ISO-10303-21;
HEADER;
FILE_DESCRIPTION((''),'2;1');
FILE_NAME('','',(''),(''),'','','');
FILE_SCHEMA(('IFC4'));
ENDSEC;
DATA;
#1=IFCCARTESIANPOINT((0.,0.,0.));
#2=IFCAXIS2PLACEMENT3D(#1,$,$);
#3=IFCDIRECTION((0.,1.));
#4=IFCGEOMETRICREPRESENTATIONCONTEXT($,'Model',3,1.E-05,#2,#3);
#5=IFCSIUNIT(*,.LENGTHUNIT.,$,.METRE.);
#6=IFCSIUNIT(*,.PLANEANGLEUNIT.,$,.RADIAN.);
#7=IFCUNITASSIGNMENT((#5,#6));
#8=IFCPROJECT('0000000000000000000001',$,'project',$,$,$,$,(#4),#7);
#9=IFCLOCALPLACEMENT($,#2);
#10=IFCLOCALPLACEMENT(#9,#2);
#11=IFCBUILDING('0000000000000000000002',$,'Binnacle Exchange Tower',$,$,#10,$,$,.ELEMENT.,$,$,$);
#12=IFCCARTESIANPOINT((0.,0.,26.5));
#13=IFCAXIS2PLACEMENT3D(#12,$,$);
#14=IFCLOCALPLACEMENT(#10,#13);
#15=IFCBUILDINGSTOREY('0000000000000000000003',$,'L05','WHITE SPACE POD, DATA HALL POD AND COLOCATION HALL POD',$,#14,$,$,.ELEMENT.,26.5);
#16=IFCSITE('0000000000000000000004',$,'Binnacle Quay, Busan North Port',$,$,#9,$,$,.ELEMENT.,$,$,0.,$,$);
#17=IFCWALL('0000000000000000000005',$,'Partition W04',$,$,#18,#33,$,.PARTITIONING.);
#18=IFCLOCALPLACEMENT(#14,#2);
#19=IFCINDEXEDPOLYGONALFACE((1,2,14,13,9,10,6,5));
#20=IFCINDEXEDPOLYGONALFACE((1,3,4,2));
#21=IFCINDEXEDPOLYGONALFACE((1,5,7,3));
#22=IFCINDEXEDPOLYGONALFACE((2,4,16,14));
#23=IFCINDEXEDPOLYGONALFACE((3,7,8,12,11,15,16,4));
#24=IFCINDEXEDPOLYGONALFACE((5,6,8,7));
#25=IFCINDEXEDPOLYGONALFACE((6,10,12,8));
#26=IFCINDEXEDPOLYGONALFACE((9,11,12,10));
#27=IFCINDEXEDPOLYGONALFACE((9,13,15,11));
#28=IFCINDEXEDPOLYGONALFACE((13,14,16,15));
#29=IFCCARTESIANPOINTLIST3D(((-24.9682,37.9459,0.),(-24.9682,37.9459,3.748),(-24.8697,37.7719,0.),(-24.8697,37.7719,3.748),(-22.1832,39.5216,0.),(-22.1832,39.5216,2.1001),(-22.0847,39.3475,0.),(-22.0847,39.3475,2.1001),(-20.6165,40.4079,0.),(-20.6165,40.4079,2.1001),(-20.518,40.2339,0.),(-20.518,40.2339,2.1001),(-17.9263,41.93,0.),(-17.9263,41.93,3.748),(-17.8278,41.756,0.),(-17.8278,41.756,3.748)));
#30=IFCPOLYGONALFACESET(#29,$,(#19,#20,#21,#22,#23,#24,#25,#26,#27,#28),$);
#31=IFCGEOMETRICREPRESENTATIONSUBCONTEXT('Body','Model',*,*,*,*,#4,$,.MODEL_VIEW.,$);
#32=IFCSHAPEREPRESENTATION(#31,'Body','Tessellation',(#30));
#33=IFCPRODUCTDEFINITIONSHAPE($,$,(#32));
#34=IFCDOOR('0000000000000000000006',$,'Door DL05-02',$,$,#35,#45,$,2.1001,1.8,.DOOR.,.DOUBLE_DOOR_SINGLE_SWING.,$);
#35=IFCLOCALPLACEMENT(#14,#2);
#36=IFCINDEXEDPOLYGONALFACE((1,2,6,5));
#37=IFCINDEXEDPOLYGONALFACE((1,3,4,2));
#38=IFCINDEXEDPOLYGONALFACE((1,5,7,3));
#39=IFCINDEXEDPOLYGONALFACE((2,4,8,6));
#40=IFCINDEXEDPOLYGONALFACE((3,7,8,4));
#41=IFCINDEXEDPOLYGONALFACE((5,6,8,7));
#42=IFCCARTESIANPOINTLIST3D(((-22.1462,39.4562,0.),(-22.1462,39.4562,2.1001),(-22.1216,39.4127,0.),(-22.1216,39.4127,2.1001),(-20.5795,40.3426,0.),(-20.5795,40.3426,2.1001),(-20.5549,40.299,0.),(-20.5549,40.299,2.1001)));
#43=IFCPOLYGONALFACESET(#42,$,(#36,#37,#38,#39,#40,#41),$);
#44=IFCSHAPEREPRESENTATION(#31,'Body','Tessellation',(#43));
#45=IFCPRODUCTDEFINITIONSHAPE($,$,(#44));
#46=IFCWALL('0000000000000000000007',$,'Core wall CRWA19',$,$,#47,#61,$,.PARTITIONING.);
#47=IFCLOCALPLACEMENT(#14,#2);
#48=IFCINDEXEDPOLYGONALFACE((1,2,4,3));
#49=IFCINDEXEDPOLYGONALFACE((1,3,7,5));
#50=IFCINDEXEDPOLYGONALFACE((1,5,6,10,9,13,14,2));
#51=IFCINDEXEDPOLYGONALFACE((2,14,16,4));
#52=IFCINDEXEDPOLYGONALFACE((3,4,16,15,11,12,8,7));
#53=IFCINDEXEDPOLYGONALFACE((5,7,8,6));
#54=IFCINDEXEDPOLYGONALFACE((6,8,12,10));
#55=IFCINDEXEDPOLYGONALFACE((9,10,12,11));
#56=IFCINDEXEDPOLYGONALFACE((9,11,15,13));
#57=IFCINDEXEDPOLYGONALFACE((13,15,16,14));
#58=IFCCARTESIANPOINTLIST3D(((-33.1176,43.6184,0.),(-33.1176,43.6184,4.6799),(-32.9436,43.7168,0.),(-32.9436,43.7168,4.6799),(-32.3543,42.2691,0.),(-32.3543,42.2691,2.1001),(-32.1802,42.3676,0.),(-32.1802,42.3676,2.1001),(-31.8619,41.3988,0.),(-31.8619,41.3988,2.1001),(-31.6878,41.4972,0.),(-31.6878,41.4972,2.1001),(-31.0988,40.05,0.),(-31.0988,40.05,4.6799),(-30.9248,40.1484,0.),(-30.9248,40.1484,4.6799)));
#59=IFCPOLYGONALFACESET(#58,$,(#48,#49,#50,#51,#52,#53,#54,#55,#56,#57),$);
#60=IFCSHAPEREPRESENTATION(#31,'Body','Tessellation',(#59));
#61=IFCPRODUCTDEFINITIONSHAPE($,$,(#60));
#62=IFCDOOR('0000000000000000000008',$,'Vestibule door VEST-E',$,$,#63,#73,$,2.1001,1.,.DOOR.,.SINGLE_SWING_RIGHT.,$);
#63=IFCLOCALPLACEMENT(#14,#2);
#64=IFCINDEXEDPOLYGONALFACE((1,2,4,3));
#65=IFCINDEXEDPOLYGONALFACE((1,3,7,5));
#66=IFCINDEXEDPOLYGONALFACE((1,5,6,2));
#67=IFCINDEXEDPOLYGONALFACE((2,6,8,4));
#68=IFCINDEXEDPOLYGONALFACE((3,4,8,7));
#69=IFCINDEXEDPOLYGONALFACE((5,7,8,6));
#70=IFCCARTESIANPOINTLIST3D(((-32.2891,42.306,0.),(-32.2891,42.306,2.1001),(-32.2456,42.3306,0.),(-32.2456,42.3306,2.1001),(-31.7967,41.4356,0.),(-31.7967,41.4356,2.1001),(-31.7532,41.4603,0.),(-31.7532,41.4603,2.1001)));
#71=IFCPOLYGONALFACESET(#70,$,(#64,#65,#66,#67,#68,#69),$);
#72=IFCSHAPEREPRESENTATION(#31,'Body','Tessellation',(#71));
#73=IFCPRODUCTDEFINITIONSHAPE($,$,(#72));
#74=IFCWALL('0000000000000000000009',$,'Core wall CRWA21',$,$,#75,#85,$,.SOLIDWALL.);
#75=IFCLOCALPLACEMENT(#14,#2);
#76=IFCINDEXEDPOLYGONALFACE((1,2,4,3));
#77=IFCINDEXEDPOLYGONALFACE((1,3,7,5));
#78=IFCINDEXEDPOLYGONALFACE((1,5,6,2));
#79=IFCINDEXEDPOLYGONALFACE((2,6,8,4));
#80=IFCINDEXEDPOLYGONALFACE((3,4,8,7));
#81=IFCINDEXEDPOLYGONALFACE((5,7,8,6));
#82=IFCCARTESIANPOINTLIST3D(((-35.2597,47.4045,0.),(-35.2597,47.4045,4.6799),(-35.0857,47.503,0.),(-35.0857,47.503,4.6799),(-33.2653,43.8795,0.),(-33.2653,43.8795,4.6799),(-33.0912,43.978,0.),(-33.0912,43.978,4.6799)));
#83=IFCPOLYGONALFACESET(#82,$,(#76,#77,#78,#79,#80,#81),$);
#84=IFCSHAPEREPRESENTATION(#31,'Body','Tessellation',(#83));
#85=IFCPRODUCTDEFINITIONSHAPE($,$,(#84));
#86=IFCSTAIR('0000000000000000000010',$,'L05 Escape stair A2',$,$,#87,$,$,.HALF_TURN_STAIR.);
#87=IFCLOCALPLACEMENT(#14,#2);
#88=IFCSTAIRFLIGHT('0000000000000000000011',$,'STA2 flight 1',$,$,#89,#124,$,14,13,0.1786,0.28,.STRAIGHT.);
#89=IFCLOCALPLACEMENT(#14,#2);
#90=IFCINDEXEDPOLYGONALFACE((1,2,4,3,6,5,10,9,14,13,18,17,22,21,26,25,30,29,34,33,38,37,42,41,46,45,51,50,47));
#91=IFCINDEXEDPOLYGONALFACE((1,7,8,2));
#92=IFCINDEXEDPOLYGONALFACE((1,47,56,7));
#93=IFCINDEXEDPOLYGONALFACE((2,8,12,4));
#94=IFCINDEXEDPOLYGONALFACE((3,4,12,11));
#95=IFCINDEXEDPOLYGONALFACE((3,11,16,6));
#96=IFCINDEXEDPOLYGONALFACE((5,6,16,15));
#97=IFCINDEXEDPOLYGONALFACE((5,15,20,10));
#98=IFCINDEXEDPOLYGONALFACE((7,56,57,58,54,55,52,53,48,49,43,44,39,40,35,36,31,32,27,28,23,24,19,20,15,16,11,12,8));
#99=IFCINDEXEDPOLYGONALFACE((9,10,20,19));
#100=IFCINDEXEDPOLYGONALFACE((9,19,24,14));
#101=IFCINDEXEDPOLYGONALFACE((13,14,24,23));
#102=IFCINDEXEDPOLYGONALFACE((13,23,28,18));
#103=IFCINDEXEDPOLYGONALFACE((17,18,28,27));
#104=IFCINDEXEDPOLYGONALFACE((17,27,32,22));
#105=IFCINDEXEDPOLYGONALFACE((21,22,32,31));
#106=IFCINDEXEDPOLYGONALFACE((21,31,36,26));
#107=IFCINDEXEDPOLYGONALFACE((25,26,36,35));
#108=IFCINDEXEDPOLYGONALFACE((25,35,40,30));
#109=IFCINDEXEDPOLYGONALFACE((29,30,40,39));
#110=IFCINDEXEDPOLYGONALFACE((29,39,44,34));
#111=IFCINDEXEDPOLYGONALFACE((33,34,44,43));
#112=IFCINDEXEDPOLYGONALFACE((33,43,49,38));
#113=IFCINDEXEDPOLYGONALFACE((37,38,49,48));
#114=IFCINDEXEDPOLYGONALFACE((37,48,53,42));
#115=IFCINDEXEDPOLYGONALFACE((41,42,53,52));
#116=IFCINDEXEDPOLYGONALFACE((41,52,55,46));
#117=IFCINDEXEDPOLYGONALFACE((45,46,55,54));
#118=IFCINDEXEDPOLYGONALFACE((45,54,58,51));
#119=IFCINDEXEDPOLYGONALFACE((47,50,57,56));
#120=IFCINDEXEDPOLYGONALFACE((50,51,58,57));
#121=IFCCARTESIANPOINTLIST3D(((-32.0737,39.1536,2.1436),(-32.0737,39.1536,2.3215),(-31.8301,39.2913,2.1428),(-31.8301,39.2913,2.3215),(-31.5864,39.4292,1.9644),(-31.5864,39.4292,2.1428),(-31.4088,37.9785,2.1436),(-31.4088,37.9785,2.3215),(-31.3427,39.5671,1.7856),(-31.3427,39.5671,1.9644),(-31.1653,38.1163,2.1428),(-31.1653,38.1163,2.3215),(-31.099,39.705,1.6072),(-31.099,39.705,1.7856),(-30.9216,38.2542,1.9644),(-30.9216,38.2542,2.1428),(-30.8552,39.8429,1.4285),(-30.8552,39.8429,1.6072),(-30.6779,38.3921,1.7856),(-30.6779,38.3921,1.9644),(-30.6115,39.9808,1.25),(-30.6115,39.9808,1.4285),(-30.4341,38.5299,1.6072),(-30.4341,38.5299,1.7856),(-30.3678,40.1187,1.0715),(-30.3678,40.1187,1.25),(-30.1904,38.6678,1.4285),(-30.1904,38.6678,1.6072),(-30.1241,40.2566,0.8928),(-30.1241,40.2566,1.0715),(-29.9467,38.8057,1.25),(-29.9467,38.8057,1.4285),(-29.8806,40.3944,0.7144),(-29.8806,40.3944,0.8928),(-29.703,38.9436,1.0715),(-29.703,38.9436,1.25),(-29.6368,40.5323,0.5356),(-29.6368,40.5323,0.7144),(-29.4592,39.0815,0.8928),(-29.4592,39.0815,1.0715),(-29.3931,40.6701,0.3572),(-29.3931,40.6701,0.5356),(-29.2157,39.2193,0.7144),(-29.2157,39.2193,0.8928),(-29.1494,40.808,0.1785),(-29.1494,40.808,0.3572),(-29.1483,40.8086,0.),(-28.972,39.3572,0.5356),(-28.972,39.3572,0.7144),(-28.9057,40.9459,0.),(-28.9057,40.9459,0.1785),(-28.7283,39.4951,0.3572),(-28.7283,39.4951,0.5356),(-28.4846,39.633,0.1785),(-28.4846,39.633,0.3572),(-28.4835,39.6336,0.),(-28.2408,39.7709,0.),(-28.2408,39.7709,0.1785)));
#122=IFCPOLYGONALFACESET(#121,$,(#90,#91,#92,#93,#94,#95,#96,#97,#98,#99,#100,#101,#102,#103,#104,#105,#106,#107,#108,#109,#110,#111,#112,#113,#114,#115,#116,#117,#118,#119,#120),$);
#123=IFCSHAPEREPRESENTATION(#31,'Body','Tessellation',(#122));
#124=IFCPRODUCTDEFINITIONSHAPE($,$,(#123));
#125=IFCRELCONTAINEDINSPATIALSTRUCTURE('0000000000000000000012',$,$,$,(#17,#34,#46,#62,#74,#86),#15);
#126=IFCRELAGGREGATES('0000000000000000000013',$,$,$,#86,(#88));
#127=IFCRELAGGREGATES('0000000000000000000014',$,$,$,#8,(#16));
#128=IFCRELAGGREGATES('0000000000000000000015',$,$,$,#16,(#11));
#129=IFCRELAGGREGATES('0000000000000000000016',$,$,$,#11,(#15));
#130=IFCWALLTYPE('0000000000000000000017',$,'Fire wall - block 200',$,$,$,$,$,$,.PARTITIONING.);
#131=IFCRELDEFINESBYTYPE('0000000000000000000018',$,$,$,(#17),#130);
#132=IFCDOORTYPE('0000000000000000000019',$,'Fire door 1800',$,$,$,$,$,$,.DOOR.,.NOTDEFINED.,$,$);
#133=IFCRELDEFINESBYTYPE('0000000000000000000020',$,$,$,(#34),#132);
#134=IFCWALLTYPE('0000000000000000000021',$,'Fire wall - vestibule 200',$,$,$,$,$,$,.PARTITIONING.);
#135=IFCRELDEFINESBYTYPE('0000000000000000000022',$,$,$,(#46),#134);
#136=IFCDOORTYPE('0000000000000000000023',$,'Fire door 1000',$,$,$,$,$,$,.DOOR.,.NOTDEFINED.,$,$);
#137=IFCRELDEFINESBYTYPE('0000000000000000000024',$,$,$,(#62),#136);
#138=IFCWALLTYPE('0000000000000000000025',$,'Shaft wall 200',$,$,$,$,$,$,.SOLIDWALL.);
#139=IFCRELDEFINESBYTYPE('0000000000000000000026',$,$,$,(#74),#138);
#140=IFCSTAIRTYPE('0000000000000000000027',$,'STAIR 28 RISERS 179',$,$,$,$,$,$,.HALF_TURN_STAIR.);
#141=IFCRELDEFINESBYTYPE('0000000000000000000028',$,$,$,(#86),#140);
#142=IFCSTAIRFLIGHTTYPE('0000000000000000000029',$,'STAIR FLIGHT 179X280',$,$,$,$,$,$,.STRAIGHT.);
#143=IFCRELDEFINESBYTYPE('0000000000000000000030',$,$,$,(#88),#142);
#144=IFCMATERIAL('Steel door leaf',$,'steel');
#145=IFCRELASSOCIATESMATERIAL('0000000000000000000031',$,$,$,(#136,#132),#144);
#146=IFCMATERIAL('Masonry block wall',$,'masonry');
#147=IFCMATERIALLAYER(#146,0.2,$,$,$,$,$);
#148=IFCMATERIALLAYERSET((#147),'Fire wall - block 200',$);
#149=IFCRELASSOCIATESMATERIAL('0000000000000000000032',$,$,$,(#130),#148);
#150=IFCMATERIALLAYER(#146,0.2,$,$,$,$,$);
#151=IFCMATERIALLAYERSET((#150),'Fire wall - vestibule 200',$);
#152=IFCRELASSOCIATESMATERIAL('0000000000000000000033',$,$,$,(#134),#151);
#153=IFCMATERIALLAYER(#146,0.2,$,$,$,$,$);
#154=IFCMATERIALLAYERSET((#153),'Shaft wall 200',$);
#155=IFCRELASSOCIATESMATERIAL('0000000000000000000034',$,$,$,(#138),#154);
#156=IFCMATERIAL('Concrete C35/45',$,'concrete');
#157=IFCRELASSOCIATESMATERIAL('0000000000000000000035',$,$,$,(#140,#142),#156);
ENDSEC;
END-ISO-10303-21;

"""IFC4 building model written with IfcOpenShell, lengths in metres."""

from ifc_helpers import new_model, si_unit, direction, frame, frame_2d, origin, place, context, subcontext, project, spatial, polyline, rectangle, outline, extrude, material, layer, layer_set, type_object, element, fill, aggregate, save


model = new_model("IFC4")

# Units and contexts
model_context = context("Model", 3, precision=1e-05, world=origin(), true_north=direction((0.0, 1.0)))
body_context = subcontext(model_context, "Body", "Model", "MODEL_VIEW")
ifc_project = project(units=[si_unit("LENGTHUNIT", "METRE"), si_unit("PLANEANGLEUNIT", "RADIAN")], contexts=[model_context])

# Site, building, storey
site_placement = place(None, origin())
site = spatial("IfcSite", under=ifc_project, at=site_placement, Name="Binnacle Quay, Busan North Port", CompositionType="ELEMENT", RefElevation=0.0)
building_placement = place(site_placement, origin())
building = spatial("IfcBuilding", under=site, at=building_placement, Name="Binnacle Exchange Tower", CompositionType="ELEMENT")
storey_placement = place(building_placement, frame((0.0, 0.0, 26.5)))
storey = spatial("IfcBuildingStorey", under=building, at=storey_placement, Name="L05", Description="WHITE SPACE POD, DATA HALL POD AND COLOCATION HALL POD", CompositionType="ELEMENT", Elevation=26.5)

# Shared definitions
ifc_material_1 = material(Name="Steel door leaf", Category="steel")

# Shared definitions
door_type_1 = type_object("IfcDoorType", Name="Fire door 1000", OperationType="NOTDEFINED", PredefinedType="DOOR", material=ifc_material_1)

# Walls, openings, doors
ifc_material_2 = material(Name="Masonry block wall", Category="masonry")
ifc_layer_1 = layer(ifc_material_2, 0.2)
ifc_layer_set_1 = layer_set([ifc_layer_1], Name="Fire wall - block 200")
wall_type_1 = type_object("IfcWallType", Name="Fire wall - block 200", PredefinedType="PARTITIONING", material=ifc_layer_set_1)
wall_1_placement = place(storey_placement, frame((-24.9189, 37.8589, 0.0), z_axis=(0.0, 0.0, 1.0), x_axis=(0.870358, 0.49242, 0.0)))
wall_1 = element("IfcWall", 1, at=wall_1_placement, inside=storey, type_object=wall_type_1, Name="Partition W04", PredefinedType="PARTITIONING", context=body_context, shape_type="SweptSolid", body=[
    extrude(rectangle(XDim=8.0908, YDim=0.2, at=frame_2d((4.0454, 0.0))), origin(), (0.0, 0.0, 1.0), 3.748),
])
opening_1_placement = place(wall_1_placement, frame((3.2, 0.0, 0.0)))
opening_1 = element("IfcOpeningElement", 2, at=opening_1_placement, cuts=wall_1, PredefinedType="OPENING", context=body_context, shape_type="SweptSolid", body=[
    extrude(rectangle(XDim=1.8, YDim=2.1001, at=frame_2d((0.8999, 1.05))), frame((0.0, 0.1099, 0.0), z_axis=(0.0, -1.0, 0.0), x_axis=(1.0, 0.0, 0.0)), (0.0, 0.0, 1.0), 0.22),
])
door_type_2 = type_object("IfcDoorType", Name="Fire door 1800", OperationType="NOTDEFINED", PredefinedType="DOOR", material=ifc_material_1)
door_1_placement = place(opening_1_placement, origin())
door_1 = element("IfcDoor", 3, at=door_1_placement, inside=storey, type_object=door_type_2, Name="Door DL05-02", OperationType="DOUBLE_DOOR_SINGLE_SWING", OverallHeight=2.1001, OverallWidth=1.8, PredefinedType="DOOR", context=body_context, shape_type="SweptSolid", body=[
    extrude(rectangle(XDim=1.8, YDim=2.1001, at=frame_2d((0.8999, 1.05))), frame((0.0, 0.0249, 0.0), z_axis=(0.0, -1.0, 0.0), x_axis=(1.0, 0.0, 0.0)), (0.0, 0.0, 1.0), 0.05),
])
fill(opening_1, door_1)
ifc_layer_2 = layer(ifc_material_2, 0.2)
ifc_layer_set_2 = layer_set([ifc_layer_2], Name="Fire wall - vestibule 200")
wall_type_2 = type_object("IfcWallType", Name="Fire wall - vestibule 200", PredefinedType="PARTITIONING", material=ifc_layer_set_2)
wall_2_placement = place(storey_placement, frame((-33.0305, 43.6675, 0.0), z_axis=(0.0, 0.0, 1.0), x_axis=(0.492408, -0.870364, 0.0)))
wall_2 = element("IfcWall", 4, at=wall_2_placement, inside=storey, type_object=wall_type_2, Name="Core wall CRWA19", PredefinedType="PARTITIONING", context=body_context, shape_type="SweptSolid", body=[
    extrude(rectangle(XDim=4.0999, YDim=0.2, at=frame_2d((2.0498, 0.0))), origin(), (0.0, 0.0, 1.0), 4.6799),
])
opening_2_placement = place(wall_2_placement, frame((1.55, 0.0, 0.0)))
opening_2 = element("IfcOpeningElement", 5, at=opening_2_placement, cuts=wall_2, PredefinedType="OPENING", context=body_context, shape_type="SweptSolid", body=[
    extrude(rectangle(XDim=1.0, YDim=2.1001, at=frame_2d((0.5, 1.05))), frame((0.0, 0.1099, 0.0), z_axis=(0.0, -1.0, 0.0), x_axis=(1.0, 0.0, 0.0)), (0.0, 0.0, 1.0), 0.22),
])
door_2_placement = place(opening_2_placement, origin())
door_2 = element("IfcDoor", 6, at=door_2_placement, inside=storey, type_object=door_type_1, Name="Vestibule door VEST-E", OperationType="SINGLE_SWING_RIGHT", OverallHeight=2.1001, OverallWidth=1.0, PredefinedType="DOOR", context=body_context, shape_type="SweptSolid", body=[
    extrude(rectangle(XDim=1.0, YDim=2.1001, at=frame_2d((0.5, 1.05))), frame((0.0, 0.0249, 0.0), z_axis=(0.0, -1.0, 0.0), x_axis=(1.0, 0.0, 0.0)), (0.0, 0.0, 1.0), 0.05),
])
fill(opening_2, door_2)

# Wall
ifc_layer_3 = layer(ifc_material_2, 0.2)
ifc_layer_set_3 = layer_set([ifc_layer_3], Name="Shaft wall 200")
wall_type_3 = type_object("IfcWallType", Name="Shaft wall 200", PredefinedType="SOLIDWALL", material=ifc_layer_set_3)
wall_3_placement = place(storey_placement, frame((-35.1726, 47.4536, 0.0), z_axis=(0.0, 0.0, 1.0), x_axis=(0.492441, -0.870346, 0.0)))
element("IfcWall", 7, at=wall_3_placement, inside=storey, type_object=wall_type_3, Name="Core wall CRWA21", PredefinedType="SOLIDWALL", context=body_context, shape_type="SweptSolid", body=[
    extrude(rectangle(XDim=4.05, YDim=0.2, at=frame_2d((2.0249, 0.0))), origin(), (0.0, 0.0, 1.0), 4.6799),
])

# Stair, stair flight
ifc_material_3 = material(Name="Concrete C35/45", Category="concrete")
stair_type = type_object("IfcStairType", Name="STAIR 28 RISERS 179", PredefinedType="HALF_TURN_STAIR", material=ifc_material_3)
stair_placement = place(storey_placement, origin())
stair = element("IfcStair", 8, at=stair_placement, inside=storey, type_object=stair_type, Name="L05 Escape stair A2", PredefinedType="HALF_TURN_STAIR")
stair_flight_type = type_object("IfcStairFlightType", Name="STAIR FLIGHT 179X280", PredefinedType="STRAIGHT", material=ifc_material_3)
stair_flight_placement = place(storey_placement, frame((-28.5732, 40.3584, 0.0), z_axis=(0.0, 0.0, 1.0), x_axis=(-0.870356, -0.492424, 0.0)))
stair_flight = element("IfcStairFlight", 9, at=stair_flight_placement, type_object=stair_flight_type, Name="STA2 flight 1", NumberOfRisers=14, NumberOfTreads=13, PredefinedType="STRAIGHT", RiserHeight=0.1786, TreadLength=0.28, context=body_context, shape_type="SweptSolid", body=[
    extrude(outline(polyline([(0.0, 0.0), (0.0, 0.1785), (0.28, 0.1785), (0.28, 0.3572), (0.5601, 0.3572), (0.5601, 0.5356), (0.8401, 0.5356), (0.8401, 0.7144), (1.1201, 0.7144), (1.1201, 0.8928), (1.3999, 0.8928), (1.3999, 1.0715), (1.6799, 1.0715), (1.6799, 1.25), (1.96, 1.25), (1.96, 1.4285), (2.24, 1.4285), (2.24, 1.6072), (2.52, 1.6072), (2.52, 1.7856), (2.8, 1.7856), (2.8, 1.9644), (3.0801, 1.9644), (3.0801, 2.1428), (3.3601, 2.1428), (3.3601, 2.3215), (3.6399, 2.3215), (3.6399, 2.5), (3.6399, 2.1436), (0.2788, 0.0), (0.0, 0.0)])), frame((0.0, 0.675, 0.0), z_axis=(0.0, -1.0, 0.0), x_axis=(1.0, 0.0, 0.0)), (0.0, 0.0, 1.0), 1.3501),
])
aggregate(stair, [stair_flight])

save(model, "model.ifc")
